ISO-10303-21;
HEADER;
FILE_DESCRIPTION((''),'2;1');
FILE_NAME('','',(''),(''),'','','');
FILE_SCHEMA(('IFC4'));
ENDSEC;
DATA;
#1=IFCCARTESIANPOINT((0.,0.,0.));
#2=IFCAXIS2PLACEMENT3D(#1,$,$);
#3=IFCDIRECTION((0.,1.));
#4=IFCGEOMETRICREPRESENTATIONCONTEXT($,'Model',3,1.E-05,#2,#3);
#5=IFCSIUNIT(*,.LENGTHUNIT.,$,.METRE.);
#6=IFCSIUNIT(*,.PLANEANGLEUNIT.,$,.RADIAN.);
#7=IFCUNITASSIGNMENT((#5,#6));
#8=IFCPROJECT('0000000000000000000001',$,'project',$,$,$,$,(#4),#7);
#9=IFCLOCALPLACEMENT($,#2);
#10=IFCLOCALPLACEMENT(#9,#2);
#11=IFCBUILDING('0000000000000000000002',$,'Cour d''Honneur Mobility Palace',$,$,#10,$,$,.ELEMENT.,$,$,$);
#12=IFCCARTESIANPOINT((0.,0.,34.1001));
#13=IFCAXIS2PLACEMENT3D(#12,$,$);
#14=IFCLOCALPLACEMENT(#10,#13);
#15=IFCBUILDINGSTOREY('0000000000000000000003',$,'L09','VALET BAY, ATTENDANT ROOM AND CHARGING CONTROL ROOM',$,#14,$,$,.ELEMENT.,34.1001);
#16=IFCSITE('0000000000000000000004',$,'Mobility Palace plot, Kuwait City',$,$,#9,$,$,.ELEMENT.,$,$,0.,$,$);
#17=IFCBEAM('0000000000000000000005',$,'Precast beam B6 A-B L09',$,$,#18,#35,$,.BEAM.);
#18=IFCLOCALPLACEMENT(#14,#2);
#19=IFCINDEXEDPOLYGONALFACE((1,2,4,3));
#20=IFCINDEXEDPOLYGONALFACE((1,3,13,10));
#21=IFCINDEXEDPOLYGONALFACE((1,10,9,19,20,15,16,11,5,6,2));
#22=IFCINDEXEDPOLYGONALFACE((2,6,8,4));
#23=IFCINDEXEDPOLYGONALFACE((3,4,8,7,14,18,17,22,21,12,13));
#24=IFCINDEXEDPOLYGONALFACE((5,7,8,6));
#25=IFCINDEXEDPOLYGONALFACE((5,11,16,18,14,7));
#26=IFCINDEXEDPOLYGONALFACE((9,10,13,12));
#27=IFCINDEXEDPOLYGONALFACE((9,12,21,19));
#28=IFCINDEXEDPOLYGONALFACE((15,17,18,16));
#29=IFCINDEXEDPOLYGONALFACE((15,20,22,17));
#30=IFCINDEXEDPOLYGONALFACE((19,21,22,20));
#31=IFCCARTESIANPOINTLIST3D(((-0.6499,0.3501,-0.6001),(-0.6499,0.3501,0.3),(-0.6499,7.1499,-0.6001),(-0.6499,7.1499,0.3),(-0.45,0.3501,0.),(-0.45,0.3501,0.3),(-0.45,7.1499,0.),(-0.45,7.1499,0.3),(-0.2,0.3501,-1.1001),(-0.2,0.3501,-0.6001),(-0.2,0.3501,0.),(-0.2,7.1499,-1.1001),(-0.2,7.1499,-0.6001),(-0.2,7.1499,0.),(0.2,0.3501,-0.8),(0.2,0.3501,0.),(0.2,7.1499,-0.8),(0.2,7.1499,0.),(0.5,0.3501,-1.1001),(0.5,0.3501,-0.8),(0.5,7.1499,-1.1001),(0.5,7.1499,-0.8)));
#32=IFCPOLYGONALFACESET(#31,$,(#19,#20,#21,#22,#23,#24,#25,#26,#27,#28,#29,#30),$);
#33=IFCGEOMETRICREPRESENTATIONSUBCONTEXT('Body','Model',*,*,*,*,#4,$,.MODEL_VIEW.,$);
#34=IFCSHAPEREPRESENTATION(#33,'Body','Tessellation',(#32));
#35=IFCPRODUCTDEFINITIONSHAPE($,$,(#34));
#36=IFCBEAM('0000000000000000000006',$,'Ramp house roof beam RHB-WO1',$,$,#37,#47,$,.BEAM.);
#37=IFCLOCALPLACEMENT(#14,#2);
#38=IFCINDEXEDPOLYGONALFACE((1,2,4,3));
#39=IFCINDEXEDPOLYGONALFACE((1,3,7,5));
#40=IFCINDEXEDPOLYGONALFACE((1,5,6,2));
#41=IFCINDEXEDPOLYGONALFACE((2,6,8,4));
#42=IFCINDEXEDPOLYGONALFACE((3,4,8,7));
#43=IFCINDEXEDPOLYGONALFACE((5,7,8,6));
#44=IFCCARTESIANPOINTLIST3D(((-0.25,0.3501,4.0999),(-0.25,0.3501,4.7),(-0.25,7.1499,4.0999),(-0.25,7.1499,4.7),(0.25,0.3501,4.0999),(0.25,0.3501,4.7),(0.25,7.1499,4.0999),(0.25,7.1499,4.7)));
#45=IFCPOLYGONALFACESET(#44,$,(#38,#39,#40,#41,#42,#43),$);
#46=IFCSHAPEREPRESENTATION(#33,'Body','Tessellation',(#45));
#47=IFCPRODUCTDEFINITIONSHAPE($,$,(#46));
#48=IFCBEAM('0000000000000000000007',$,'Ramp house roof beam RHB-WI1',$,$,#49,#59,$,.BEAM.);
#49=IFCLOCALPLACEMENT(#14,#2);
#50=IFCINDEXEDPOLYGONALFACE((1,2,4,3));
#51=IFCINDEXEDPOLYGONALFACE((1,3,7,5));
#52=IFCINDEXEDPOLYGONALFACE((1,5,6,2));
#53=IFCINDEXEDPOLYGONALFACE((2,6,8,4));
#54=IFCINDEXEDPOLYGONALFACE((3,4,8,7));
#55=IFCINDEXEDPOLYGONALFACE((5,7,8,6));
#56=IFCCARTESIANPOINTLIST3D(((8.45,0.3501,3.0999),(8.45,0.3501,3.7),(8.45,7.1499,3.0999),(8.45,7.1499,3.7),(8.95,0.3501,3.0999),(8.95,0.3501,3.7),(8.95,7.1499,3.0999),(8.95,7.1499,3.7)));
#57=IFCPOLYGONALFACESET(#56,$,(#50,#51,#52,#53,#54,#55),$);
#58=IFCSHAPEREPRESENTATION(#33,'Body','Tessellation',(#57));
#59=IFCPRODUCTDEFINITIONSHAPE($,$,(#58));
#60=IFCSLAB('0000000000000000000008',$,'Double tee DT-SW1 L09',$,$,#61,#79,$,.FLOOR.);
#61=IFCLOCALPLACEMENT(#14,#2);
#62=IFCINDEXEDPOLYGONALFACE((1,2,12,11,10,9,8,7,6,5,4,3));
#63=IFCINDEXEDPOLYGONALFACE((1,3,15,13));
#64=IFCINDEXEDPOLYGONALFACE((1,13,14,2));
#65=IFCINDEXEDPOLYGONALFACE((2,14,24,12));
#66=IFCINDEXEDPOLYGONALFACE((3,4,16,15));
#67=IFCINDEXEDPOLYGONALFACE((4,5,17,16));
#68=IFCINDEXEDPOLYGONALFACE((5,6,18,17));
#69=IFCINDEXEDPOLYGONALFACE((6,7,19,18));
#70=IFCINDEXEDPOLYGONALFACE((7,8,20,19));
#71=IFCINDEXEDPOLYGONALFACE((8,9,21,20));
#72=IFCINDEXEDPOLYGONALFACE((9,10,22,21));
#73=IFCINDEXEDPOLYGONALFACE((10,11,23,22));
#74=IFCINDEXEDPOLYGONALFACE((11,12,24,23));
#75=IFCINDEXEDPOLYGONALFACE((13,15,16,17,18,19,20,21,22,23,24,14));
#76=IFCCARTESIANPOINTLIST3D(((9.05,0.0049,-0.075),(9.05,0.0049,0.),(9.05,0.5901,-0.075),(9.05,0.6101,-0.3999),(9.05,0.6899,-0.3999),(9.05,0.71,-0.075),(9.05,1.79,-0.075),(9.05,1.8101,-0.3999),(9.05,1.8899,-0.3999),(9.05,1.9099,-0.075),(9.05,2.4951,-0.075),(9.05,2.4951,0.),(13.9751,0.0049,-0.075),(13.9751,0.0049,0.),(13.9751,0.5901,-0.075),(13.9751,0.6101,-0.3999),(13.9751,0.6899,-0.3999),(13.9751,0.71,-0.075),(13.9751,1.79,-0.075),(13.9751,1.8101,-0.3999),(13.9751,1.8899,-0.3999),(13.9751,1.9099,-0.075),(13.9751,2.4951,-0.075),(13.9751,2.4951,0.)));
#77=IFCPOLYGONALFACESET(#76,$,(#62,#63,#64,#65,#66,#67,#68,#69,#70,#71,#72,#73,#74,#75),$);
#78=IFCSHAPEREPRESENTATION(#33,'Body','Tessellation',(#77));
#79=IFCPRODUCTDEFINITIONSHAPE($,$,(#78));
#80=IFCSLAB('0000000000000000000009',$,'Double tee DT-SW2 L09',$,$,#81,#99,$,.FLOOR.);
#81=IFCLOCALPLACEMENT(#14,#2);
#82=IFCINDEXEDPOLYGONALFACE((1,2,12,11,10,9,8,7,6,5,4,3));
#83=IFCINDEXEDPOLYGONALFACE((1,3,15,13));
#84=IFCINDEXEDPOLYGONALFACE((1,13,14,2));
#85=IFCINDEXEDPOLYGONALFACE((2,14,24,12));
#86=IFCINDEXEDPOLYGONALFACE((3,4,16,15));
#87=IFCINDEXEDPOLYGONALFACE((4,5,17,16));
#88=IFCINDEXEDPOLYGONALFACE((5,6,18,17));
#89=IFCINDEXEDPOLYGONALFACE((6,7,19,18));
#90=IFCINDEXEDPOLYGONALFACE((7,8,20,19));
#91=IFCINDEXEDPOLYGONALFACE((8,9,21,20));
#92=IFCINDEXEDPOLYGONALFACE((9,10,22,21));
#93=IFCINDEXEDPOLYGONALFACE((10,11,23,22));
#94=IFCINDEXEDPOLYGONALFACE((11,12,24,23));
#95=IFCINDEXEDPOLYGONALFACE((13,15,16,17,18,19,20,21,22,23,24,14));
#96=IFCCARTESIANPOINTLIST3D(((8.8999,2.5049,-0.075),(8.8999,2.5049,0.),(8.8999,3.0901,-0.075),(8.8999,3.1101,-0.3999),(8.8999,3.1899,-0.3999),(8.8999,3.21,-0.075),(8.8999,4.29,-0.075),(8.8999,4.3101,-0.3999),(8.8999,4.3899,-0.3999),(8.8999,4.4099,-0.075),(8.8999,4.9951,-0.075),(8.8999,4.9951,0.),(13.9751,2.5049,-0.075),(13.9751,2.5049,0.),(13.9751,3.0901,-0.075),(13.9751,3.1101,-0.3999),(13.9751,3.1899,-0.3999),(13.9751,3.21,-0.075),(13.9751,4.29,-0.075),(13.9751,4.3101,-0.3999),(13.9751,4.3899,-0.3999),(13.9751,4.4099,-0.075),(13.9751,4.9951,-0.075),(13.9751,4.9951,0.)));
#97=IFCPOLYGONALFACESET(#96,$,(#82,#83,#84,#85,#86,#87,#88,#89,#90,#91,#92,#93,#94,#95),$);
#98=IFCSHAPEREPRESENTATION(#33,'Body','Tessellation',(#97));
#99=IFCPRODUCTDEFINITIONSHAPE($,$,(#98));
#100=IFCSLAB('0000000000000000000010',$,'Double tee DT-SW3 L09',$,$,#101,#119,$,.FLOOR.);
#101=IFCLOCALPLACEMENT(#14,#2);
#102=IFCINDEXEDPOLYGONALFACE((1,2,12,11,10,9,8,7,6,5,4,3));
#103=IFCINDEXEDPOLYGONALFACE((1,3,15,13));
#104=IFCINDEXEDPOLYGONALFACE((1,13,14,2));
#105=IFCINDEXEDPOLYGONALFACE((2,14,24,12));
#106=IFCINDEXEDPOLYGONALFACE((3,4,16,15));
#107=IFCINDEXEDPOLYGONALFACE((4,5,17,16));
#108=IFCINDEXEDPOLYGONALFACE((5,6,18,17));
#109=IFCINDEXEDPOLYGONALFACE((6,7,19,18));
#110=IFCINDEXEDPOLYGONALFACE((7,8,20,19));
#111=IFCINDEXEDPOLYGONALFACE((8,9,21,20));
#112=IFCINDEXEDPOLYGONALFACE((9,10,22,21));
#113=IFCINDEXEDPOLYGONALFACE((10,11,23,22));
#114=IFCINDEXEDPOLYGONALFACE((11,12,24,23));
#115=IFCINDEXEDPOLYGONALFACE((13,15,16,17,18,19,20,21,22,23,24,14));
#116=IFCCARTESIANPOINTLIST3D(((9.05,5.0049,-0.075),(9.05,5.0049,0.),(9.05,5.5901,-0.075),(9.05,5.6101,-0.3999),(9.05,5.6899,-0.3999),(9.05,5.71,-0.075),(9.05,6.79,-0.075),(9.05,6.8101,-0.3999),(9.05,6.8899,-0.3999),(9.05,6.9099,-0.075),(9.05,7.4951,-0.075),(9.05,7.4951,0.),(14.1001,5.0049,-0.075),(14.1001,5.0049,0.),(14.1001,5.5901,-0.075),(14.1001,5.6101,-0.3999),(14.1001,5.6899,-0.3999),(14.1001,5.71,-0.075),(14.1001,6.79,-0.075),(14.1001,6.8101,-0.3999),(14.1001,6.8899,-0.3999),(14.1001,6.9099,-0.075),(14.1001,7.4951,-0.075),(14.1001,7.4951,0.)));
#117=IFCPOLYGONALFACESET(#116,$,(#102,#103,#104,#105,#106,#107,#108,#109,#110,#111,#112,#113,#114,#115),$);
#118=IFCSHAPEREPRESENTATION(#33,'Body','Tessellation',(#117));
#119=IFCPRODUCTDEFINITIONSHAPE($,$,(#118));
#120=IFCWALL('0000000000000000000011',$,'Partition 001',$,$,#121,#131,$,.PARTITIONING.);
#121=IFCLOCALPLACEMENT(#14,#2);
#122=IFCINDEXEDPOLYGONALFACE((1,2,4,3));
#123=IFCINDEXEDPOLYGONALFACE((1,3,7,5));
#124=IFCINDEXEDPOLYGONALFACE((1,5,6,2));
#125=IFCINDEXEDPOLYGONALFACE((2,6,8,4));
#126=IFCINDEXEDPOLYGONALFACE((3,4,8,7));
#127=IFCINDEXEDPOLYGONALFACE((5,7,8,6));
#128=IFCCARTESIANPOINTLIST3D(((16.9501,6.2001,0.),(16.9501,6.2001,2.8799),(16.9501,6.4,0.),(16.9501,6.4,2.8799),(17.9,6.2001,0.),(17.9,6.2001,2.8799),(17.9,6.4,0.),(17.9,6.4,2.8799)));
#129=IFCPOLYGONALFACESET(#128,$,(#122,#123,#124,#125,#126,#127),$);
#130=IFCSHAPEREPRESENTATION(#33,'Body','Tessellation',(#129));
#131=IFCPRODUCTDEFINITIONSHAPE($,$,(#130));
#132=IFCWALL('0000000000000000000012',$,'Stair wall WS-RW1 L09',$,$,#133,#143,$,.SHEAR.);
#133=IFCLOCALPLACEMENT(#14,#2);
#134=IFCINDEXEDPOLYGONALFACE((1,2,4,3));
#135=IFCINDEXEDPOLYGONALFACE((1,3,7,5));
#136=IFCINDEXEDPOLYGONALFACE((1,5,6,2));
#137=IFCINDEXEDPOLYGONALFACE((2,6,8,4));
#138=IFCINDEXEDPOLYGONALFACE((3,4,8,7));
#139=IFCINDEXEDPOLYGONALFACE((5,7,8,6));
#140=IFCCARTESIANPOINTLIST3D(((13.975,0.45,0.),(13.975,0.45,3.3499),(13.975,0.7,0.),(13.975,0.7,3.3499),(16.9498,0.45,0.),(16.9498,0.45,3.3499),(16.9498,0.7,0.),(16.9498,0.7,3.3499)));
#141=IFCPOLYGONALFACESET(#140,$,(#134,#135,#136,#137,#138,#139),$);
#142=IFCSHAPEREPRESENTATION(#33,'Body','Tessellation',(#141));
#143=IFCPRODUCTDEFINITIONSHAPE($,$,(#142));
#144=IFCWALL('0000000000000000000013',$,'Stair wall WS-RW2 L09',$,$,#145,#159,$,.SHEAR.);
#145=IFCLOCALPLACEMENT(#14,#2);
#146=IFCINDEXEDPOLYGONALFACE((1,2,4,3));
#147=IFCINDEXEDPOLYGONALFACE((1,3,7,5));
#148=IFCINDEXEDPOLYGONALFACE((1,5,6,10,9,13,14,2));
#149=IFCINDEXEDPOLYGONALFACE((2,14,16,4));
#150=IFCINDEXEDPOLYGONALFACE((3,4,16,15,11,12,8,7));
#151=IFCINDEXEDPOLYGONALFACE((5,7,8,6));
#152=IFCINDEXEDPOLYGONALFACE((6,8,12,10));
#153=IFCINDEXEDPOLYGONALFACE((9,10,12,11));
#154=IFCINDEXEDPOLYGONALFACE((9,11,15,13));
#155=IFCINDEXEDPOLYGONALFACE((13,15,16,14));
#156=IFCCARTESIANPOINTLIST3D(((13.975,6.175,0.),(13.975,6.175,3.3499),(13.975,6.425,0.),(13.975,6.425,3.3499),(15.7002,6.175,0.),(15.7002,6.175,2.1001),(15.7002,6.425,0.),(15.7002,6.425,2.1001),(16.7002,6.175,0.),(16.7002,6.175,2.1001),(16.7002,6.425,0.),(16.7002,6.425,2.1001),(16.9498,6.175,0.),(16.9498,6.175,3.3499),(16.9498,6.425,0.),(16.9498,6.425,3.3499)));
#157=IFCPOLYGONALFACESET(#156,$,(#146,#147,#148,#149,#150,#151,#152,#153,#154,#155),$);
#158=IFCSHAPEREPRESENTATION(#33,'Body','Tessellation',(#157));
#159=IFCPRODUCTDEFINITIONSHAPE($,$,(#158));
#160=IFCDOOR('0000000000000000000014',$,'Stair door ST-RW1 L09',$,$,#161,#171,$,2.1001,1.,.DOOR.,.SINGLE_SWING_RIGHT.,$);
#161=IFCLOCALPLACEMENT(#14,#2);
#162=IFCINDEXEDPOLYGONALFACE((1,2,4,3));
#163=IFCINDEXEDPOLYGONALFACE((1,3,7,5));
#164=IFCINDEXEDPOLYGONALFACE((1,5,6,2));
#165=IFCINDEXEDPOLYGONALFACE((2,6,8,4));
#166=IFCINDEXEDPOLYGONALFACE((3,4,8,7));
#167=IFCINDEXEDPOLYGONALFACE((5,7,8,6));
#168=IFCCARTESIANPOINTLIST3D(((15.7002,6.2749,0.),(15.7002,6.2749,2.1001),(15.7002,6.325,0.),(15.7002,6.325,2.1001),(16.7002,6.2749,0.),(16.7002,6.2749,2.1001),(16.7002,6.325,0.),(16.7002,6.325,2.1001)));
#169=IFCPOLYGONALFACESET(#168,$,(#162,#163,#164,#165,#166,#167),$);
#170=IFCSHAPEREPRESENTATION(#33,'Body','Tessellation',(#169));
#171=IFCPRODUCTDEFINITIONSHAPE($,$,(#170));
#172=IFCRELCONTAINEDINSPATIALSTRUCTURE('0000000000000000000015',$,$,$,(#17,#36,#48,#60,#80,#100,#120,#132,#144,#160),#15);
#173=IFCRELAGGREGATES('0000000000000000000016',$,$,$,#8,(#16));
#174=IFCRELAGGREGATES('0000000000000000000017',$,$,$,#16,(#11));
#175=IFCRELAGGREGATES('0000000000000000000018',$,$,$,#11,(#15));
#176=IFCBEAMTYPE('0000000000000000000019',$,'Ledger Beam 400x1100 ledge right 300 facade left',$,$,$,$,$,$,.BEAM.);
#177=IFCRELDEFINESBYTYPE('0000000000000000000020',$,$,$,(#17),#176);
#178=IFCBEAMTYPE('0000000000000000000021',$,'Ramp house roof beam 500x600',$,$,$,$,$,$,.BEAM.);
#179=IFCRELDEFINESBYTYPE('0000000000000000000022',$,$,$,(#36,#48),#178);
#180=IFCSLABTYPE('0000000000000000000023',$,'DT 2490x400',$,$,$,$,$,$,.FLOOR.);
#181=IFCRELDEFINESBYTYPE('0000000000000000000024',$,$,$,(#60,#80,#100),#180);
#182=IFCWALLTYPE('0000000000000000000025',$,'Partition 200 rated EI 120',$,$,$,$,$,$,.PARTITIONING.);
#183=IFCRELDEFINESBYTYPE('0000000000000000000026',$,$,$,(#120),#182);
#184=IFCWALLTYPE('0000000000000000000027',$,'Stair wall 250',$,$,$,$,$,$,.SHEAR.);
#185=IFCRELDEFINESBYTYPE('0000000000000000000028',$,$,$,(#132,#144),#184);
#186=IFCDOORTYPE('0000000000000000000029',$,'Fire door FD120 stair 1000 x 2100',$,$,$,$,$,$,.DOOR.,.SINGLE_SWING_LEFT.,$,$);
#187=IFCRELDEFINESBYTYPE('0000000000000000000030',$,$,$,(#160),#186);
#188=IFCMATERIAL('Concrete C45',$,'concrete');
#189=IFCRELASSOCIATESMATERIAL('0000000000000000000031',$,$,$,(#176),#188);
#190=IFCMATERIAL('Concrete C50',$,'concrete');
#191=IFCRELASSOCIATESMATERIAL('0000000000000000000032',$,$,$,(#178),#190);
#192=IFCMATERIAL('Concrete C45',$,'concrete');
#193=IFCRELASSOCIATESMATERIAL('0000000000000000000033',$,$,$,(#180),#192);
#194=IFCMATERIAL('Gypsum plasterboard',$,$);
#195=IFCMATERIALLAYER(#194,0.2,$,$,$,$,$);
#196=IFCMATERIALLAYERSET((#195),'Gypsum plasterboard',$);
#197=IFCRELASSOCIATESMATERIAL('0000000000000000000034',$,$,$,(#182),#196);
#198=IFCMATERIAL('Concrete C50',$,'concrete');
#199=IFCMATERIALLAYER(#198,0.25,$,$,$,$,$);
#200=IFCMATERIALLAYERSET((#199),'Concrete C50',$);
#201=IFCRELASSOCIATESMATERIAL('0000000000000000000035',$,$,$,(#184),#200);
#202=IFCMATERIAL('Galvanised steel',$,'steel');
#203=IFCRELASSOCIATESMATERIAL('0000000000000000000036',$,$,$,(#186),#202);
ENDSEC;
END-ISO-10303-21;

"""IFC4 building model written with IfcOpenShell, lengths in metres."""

from ifc_helpers import new_model, si_unit, direction, frame, frame_2d, origin, origin_2d, place, context, subcontext, project, spatial, polyline, rectangle, outline, extrude, material, layer, layer_set, material_profile, profile_set, type_object, element, fill, save


model = new_model("IFC4")

# Units and contexts
model_context = context("Model", 3, precision=1e-05, world=origin(), true_north=direction((0.0, 1.0)))
body_context = subcontext(model_context, "Body", "Model", "MODEL_VIEW")
ifc_project = project(units=[si_unit("LENGTHUNIT", "METRE"), si_unit("PLANEANGLEUNIT", "RADIAN")], contexts=[model_context])

# Site, building, storey
site_placement = place(None, origin())
site = spatial("IfcSite", under=ifc_project, at=site_placement, Name="Mobility Palace plot, Kuwait City", CompositionType="ELEMENT", RefElevation=0.0)
building_placement = place(site_placement, origin())
building = spatial("IfcBuilding", under=site, at=building_placement, Name="Cour d'Honneur Mobility Palace", CompositionType="ELEMENT")
storey_placement = place(building_placement, frame((0.0, 0.0, 34.1001)))
storey = spatial("IfcBuildingStorey", under=building, at=storey_placement, Name="L09", Description="VALET BAY, ATTENDANT ROOM AND CHARGING CONTROL ROOM", CompositionType="ELEMENT", Elevation=34.1001)

# Beams
ifc_material_1 = material(Name="Concrete C45", Category="concrete")
ifc_material_profile_1 = material_profile(ifc_material_1, outline(polyline([(0.2, -1.1001), (0.2, -0.6001), (0.6499, -0.6001), (0.6499, 0.3), (0.45, 0.3), (0.45, 0.0), (0.2, 0.0), (-0.2, 0.0), (-0.2, -0.8), (-0.5, -0.8), (-0.5, -1.1001), (0.2, -1.1001)])), Name="Ledger Beam 400x1100 ledge right 300 facade left")
ifc_profile_set_1 = profile_set([ifc_material_profile_1], Name="Concrete C45")
beam_type_1 = type_object("IfcBeamType", Name="Ledger Beam 400x1100 ledge right 300 facade left", PredefinedType="BEAM", material=ifc_profile_set_1)
beam_1_placement = place(storey_placement, frame((0.0, 0.3501, 0.0), z_axis=(0.0, 1.0, 0.0), x_axis=(-1.0, 0.0, 0.0)))
element("IfcBeam", 1, at=beam_1_placement, inside=storey, type_object=beam_type_1, Name="Precast beam B6 A-B L09", PredefinedType="BEAM", context=body_context, shape_type="SweptSolid", body=[
    extrude(outline(polyline([(0.2, -1.1001), (0.2, -0.6001), (0.6499, -0.6001), (0.6499, 0.3), (0.45, 0.3), (0.45, 0.0), (0.2, 0.0), (-0.2, 0.0), (-0.2, -0.8), (-0.5, -0.8), (-0.5, -1.1001), (0.2, -1.1001)])), origin(), (0.0, 0.0, 1.0), 6.7998),
])
ifc_material_2 = material(Name="Concrete C50", Category="concrete")
ifc_material_profile_2 = material_profile(ifc_material_2, rectangle(XDim=0.5, YDim=0.6001, at=origin_2d()), Name="Ramp house roof beam 500x600")
ifc_profile_set_2 = profile_set([ifc_material_profile_2], Name="Concrete C50")
beam_type_2 = type_object("IfcBeamType", Name="Ramp house roof beam 500x600", PredefinedType="BEAM", material=ifc_profile_set_2)
for number, where, z_axis, x_axis, name in (
    (2, (0.0, 0.3501, 4.3999), (0.0, 1.0, 0.0), (-1.0, 0.0, 0.0), "Ramp house roof beam RHB-WO1"),
    (3, (8.7, 0.3501, 3.3999), (0.0, 1.0, 0.0), (-1.0, 0.0, 0.0), "Ramp house roof beam RHB-WI1"),
):
    element("IfcBeam", number, at=place(storey_placement, frame(where, z_axis=z_axis, x_axis=x_axis)), inside=storey, type_object=beam_type_2, Name=name, PredefinedType="BEAM", context=body_context, shape_type="SweptSolid", body=[
        extrude(rectangle(XDim=0.5, YDim=0.6001, at=origin_2d()), origin(), (0.0, 0.0, 1.0), 6.7998),
    ])

# Slabs
ifc_material_3 = material(Name="Concrete C45", Category="concrete")
ifc_material_profile_3 = material_profile(ifc_material_3, outline(polyline([(-1.2451, 0.0), (1.2451, 0.0), (1.2451, -0.075), (0.6599, -0.075), (0.6399, -0.3999), (0.5601, -0.3999), (0.54, -0.075), (-0.54, -0.075), (-0.5601, -0.3999), (-0.6399, -0.3999), (-0.6599, -0.075), (-1.2451, -0.075), (-1.2451, 0.0)])), Name="DT 2490x400")
ifc_profile_set_3 = profile_set([ifc_material_profile_3], Name="Concrete C45")
slab_type = type_object("IfcSlabType", Name="DT 2490x400", PredefinedType="FLOOR", material=ifc_profile_set_3)
slab_1_placement = place(storey_placement, frame((9.05, 1.25, 0.0), z_axis=(1.0, 0.0, 0.0), x_axis=(0.0, 1.0, 0.0)))
element("IfcSlab", 4, at=slab_1_placement, inside=storey, type_object=slab_type, Name="Double tee DT-SW1 L09", PredefinedType="FLOOR", context=body_context, shape_type="SweptSolid", body=[
    extrude(outline(polyline([(-1.2451, 0.0), (1.2451, 0.0), (1.2451, -0.075), (0.6599, -0.075), (0.6399, -0.3999), (0.5601, -0.3999), (0.54, -0.075), (-0.54, -0.075), (-0.5601, -0.3999), (-0.6399, -0.3999), (-0.6599, -0.075), (-1.2451, -0.075), (-1.2451, 0.0)])), origin(), (0.0, 0.0, 1.0), 4.925),
])
slab_2_placement = place(storey_placement, frame((8.8999, 3.75, 0.0), z_axis=(1.0, 0.0, 0.0), x_axis=(0.0, 1.0, 0.0)))
element("IfcSlab", 5, at=slab_2_placement, inside=storey, type_object=slab_type, Name="Double tee DT-SW2 L09", PredefinedType="FLOOR", context=body_context, shape_type="SweptSolid", body=[
    extrude(outline(polyline([(-1.2451, 0.0), (1.2451, 0.0), (1.2451, -0.075), (0.6599, -0.075), (0.6399, -0.3999), (0.5601, -0.3999), (0.54, -0.075), (-0.54, -0.075), (-0.5601, -0.3999), (-0.6399, -0.3999), (-0.6599, -0.075), (-1.2451, -0.075), (-1.2451, 0.0)])), origin(), (0.0, 0.0, 1.0), 5.0752),
])
slab_3_placement = place(storey_placement, frame((9.05, 6.25, 0.0), z_axis=(1.0, 0.0, 0.0), x_axis=(0.0, 1.0, 0.0)))
element("IfcSlab", 6, at=slab_3_placement, inside=storey, type_object=slab_type, Name="Double tee DT-SW3 L09", PredefinedType="FLOOR", context=body_context, shape_type="SweptSolid", body=[
    extrude(outline(polyline([(-1.2451, 0.0), (1.2451, 0.0), (1.2451, -0.075), (0.6599, -0.075), (0.6399, -0.3999), (0.5601, -0.3999), (0.54, -0.075), (-0.54, -0.075), (-0.5601, -0.3999), (-0.6399, -0.3999), (-0.6599, -0.075), (-1.2451, -0.075), (-1.2451, 0.0)])), origin(), (0.0, 0.0, 1.0), 5.05),
])

# Walls
ifc_material_4 = material(Name="Gypsum plasterboard")
ifc_layer_1 = layer(ifc_material_4, 0.2)
ifc_layer_set_1 = layer_set([ifc_layer_1], Name="Gypsum plasterboard")
wall_type_1 = type_object("IfcWallType", Name="Partition 200 rated EI 120", PredefinedType="PARTITIONING", material=ifc_layer_set_1)
wall_1_placement = place(storey_placement, frame((16.95, 6.3, 0.0), z_axis=(0.0, 0.0, 1.0), x_axis=(1.0, 0.0, 0.0)))
element("IfcWall", 7, at=wall_1_placement, inside=storey, type_object=wall_type_1, Name="Partition 001", PredefinedType="PARTITIONING", context=body_context, shape_type="SweptSolid", body=[
    extrude(rectangle(XDim=0.95, YDim=0.2, at=frame_2d((0.4751, 0.0))), origin(), (0.0, 0.0, 1.0), 2.8799),
])
ifc_material_5 = material(Name="Concrete C50", Category="concrete")
ifc_layer_2 = layer(ifc_material_5, 0.25)
ifc_layer_set_2 = layer_set([ifc_layer_2], Name="Concrete C50")
wall_type_2 = type_object("IfcWallType", Name="Stair wall 250", PredefinedType="SHEAR", material=ifc_layer_set_2)
wall_2_placement = place(storey_placement, frame((13.9751, 0.575, 0.0), z_axis=(0.0, 0.0, 1.0), x_axis=(1.0, 0.0, 0.0)))
element("IfcWall", 8, at=wall_2_placement, inside=storey, type_object=wall_type_2, Name="Stair wall WS-RW1 L09", PredefinedType="SHEAR", context=body_context, shape_type="SweptSolid", body=[
    extrude(rectangle(XDim=2.9749, YDim=0.25, at=frame_2d((1.4873, 0.0))), origin(), (0.0, 0.0, 1.0), 3.3499),
])

# Wall, opening, door
wall_3_placement = place(storey_placement, frame((13.9751, 6.3, 0.0), z_axis=(0.0, 0.0, 1.0), x_axis=(1.0, 0.0, 0.0)))
wall_3 = element("IfcWall", 9, at=wall_3_placement, inside=storey, type_object=wall_type_2, Name="Stair wall WS-RW2 L09", PredefinedType="SHEAR", context=body_context, shape_type="SweptSolid", body=[
    extrude(rectangle(XDim=2.9749, YDim=0.25, at=frame_2d((1.4873, 0.0))), origin(), (0.0, 0.0, 1.0), 3.3499),
])
opening_placement = place(wall_3_placement, frame((1.7251, 0.0, 0.0)))
opening = element("IfcOpeningElement", 10, at=opening_placement, cuts=wall_3, PredefinedType="OPENING", context=body_context, shape_type="SweptSolid", body=[
    extrude(rectangle(XDim=1.0, YDim=2.1001, at=frame_2d((0.5, 1.05))), frame((0.0, 0.135, 0.0), z_axis=(0.0, -1.0, 0.0), x_axis=(1.0, 0.0, 0.0)), (0.0, 0.0, 1.0), 0.27),
])
ifc_material_6 = material(Name="Galvanised steel", Category="steel")
door_type = type_object("IfcDoorType", Name="Fire door FD120 stair 1000 x 2100", OperationType="SINGLE_SWING_LEFT", PredefinedType="DOOR", material=ifc_material_6)
door_placement = place(opening_placement, origin())
door = element("IfcDoor", 11, at=door_placement, inside=storey, type_object=door_type, Name="Stair door ST-RW1 L09", OperationType="SINGLE_SWING_RIGHT", OverallHeight=2.1001, OverallWidth=1.0, PredefinedType="DOOR", context=body_context, shape_type="SweptSolid", body=[
    extrude(rectangle(XDim=1.0, YDim=2.1001, at=frame_2d((0.5, 1.05))), frame((0.0, 0.0249, 0.0), z_axis=(0.0, -1.0, 0.0), x_axis=(1.0, 0.0, 0.0)), (0.0, 0.0, 1.0), 0.05),
])
fill(opening, door)

save(model, "model.ifc")
